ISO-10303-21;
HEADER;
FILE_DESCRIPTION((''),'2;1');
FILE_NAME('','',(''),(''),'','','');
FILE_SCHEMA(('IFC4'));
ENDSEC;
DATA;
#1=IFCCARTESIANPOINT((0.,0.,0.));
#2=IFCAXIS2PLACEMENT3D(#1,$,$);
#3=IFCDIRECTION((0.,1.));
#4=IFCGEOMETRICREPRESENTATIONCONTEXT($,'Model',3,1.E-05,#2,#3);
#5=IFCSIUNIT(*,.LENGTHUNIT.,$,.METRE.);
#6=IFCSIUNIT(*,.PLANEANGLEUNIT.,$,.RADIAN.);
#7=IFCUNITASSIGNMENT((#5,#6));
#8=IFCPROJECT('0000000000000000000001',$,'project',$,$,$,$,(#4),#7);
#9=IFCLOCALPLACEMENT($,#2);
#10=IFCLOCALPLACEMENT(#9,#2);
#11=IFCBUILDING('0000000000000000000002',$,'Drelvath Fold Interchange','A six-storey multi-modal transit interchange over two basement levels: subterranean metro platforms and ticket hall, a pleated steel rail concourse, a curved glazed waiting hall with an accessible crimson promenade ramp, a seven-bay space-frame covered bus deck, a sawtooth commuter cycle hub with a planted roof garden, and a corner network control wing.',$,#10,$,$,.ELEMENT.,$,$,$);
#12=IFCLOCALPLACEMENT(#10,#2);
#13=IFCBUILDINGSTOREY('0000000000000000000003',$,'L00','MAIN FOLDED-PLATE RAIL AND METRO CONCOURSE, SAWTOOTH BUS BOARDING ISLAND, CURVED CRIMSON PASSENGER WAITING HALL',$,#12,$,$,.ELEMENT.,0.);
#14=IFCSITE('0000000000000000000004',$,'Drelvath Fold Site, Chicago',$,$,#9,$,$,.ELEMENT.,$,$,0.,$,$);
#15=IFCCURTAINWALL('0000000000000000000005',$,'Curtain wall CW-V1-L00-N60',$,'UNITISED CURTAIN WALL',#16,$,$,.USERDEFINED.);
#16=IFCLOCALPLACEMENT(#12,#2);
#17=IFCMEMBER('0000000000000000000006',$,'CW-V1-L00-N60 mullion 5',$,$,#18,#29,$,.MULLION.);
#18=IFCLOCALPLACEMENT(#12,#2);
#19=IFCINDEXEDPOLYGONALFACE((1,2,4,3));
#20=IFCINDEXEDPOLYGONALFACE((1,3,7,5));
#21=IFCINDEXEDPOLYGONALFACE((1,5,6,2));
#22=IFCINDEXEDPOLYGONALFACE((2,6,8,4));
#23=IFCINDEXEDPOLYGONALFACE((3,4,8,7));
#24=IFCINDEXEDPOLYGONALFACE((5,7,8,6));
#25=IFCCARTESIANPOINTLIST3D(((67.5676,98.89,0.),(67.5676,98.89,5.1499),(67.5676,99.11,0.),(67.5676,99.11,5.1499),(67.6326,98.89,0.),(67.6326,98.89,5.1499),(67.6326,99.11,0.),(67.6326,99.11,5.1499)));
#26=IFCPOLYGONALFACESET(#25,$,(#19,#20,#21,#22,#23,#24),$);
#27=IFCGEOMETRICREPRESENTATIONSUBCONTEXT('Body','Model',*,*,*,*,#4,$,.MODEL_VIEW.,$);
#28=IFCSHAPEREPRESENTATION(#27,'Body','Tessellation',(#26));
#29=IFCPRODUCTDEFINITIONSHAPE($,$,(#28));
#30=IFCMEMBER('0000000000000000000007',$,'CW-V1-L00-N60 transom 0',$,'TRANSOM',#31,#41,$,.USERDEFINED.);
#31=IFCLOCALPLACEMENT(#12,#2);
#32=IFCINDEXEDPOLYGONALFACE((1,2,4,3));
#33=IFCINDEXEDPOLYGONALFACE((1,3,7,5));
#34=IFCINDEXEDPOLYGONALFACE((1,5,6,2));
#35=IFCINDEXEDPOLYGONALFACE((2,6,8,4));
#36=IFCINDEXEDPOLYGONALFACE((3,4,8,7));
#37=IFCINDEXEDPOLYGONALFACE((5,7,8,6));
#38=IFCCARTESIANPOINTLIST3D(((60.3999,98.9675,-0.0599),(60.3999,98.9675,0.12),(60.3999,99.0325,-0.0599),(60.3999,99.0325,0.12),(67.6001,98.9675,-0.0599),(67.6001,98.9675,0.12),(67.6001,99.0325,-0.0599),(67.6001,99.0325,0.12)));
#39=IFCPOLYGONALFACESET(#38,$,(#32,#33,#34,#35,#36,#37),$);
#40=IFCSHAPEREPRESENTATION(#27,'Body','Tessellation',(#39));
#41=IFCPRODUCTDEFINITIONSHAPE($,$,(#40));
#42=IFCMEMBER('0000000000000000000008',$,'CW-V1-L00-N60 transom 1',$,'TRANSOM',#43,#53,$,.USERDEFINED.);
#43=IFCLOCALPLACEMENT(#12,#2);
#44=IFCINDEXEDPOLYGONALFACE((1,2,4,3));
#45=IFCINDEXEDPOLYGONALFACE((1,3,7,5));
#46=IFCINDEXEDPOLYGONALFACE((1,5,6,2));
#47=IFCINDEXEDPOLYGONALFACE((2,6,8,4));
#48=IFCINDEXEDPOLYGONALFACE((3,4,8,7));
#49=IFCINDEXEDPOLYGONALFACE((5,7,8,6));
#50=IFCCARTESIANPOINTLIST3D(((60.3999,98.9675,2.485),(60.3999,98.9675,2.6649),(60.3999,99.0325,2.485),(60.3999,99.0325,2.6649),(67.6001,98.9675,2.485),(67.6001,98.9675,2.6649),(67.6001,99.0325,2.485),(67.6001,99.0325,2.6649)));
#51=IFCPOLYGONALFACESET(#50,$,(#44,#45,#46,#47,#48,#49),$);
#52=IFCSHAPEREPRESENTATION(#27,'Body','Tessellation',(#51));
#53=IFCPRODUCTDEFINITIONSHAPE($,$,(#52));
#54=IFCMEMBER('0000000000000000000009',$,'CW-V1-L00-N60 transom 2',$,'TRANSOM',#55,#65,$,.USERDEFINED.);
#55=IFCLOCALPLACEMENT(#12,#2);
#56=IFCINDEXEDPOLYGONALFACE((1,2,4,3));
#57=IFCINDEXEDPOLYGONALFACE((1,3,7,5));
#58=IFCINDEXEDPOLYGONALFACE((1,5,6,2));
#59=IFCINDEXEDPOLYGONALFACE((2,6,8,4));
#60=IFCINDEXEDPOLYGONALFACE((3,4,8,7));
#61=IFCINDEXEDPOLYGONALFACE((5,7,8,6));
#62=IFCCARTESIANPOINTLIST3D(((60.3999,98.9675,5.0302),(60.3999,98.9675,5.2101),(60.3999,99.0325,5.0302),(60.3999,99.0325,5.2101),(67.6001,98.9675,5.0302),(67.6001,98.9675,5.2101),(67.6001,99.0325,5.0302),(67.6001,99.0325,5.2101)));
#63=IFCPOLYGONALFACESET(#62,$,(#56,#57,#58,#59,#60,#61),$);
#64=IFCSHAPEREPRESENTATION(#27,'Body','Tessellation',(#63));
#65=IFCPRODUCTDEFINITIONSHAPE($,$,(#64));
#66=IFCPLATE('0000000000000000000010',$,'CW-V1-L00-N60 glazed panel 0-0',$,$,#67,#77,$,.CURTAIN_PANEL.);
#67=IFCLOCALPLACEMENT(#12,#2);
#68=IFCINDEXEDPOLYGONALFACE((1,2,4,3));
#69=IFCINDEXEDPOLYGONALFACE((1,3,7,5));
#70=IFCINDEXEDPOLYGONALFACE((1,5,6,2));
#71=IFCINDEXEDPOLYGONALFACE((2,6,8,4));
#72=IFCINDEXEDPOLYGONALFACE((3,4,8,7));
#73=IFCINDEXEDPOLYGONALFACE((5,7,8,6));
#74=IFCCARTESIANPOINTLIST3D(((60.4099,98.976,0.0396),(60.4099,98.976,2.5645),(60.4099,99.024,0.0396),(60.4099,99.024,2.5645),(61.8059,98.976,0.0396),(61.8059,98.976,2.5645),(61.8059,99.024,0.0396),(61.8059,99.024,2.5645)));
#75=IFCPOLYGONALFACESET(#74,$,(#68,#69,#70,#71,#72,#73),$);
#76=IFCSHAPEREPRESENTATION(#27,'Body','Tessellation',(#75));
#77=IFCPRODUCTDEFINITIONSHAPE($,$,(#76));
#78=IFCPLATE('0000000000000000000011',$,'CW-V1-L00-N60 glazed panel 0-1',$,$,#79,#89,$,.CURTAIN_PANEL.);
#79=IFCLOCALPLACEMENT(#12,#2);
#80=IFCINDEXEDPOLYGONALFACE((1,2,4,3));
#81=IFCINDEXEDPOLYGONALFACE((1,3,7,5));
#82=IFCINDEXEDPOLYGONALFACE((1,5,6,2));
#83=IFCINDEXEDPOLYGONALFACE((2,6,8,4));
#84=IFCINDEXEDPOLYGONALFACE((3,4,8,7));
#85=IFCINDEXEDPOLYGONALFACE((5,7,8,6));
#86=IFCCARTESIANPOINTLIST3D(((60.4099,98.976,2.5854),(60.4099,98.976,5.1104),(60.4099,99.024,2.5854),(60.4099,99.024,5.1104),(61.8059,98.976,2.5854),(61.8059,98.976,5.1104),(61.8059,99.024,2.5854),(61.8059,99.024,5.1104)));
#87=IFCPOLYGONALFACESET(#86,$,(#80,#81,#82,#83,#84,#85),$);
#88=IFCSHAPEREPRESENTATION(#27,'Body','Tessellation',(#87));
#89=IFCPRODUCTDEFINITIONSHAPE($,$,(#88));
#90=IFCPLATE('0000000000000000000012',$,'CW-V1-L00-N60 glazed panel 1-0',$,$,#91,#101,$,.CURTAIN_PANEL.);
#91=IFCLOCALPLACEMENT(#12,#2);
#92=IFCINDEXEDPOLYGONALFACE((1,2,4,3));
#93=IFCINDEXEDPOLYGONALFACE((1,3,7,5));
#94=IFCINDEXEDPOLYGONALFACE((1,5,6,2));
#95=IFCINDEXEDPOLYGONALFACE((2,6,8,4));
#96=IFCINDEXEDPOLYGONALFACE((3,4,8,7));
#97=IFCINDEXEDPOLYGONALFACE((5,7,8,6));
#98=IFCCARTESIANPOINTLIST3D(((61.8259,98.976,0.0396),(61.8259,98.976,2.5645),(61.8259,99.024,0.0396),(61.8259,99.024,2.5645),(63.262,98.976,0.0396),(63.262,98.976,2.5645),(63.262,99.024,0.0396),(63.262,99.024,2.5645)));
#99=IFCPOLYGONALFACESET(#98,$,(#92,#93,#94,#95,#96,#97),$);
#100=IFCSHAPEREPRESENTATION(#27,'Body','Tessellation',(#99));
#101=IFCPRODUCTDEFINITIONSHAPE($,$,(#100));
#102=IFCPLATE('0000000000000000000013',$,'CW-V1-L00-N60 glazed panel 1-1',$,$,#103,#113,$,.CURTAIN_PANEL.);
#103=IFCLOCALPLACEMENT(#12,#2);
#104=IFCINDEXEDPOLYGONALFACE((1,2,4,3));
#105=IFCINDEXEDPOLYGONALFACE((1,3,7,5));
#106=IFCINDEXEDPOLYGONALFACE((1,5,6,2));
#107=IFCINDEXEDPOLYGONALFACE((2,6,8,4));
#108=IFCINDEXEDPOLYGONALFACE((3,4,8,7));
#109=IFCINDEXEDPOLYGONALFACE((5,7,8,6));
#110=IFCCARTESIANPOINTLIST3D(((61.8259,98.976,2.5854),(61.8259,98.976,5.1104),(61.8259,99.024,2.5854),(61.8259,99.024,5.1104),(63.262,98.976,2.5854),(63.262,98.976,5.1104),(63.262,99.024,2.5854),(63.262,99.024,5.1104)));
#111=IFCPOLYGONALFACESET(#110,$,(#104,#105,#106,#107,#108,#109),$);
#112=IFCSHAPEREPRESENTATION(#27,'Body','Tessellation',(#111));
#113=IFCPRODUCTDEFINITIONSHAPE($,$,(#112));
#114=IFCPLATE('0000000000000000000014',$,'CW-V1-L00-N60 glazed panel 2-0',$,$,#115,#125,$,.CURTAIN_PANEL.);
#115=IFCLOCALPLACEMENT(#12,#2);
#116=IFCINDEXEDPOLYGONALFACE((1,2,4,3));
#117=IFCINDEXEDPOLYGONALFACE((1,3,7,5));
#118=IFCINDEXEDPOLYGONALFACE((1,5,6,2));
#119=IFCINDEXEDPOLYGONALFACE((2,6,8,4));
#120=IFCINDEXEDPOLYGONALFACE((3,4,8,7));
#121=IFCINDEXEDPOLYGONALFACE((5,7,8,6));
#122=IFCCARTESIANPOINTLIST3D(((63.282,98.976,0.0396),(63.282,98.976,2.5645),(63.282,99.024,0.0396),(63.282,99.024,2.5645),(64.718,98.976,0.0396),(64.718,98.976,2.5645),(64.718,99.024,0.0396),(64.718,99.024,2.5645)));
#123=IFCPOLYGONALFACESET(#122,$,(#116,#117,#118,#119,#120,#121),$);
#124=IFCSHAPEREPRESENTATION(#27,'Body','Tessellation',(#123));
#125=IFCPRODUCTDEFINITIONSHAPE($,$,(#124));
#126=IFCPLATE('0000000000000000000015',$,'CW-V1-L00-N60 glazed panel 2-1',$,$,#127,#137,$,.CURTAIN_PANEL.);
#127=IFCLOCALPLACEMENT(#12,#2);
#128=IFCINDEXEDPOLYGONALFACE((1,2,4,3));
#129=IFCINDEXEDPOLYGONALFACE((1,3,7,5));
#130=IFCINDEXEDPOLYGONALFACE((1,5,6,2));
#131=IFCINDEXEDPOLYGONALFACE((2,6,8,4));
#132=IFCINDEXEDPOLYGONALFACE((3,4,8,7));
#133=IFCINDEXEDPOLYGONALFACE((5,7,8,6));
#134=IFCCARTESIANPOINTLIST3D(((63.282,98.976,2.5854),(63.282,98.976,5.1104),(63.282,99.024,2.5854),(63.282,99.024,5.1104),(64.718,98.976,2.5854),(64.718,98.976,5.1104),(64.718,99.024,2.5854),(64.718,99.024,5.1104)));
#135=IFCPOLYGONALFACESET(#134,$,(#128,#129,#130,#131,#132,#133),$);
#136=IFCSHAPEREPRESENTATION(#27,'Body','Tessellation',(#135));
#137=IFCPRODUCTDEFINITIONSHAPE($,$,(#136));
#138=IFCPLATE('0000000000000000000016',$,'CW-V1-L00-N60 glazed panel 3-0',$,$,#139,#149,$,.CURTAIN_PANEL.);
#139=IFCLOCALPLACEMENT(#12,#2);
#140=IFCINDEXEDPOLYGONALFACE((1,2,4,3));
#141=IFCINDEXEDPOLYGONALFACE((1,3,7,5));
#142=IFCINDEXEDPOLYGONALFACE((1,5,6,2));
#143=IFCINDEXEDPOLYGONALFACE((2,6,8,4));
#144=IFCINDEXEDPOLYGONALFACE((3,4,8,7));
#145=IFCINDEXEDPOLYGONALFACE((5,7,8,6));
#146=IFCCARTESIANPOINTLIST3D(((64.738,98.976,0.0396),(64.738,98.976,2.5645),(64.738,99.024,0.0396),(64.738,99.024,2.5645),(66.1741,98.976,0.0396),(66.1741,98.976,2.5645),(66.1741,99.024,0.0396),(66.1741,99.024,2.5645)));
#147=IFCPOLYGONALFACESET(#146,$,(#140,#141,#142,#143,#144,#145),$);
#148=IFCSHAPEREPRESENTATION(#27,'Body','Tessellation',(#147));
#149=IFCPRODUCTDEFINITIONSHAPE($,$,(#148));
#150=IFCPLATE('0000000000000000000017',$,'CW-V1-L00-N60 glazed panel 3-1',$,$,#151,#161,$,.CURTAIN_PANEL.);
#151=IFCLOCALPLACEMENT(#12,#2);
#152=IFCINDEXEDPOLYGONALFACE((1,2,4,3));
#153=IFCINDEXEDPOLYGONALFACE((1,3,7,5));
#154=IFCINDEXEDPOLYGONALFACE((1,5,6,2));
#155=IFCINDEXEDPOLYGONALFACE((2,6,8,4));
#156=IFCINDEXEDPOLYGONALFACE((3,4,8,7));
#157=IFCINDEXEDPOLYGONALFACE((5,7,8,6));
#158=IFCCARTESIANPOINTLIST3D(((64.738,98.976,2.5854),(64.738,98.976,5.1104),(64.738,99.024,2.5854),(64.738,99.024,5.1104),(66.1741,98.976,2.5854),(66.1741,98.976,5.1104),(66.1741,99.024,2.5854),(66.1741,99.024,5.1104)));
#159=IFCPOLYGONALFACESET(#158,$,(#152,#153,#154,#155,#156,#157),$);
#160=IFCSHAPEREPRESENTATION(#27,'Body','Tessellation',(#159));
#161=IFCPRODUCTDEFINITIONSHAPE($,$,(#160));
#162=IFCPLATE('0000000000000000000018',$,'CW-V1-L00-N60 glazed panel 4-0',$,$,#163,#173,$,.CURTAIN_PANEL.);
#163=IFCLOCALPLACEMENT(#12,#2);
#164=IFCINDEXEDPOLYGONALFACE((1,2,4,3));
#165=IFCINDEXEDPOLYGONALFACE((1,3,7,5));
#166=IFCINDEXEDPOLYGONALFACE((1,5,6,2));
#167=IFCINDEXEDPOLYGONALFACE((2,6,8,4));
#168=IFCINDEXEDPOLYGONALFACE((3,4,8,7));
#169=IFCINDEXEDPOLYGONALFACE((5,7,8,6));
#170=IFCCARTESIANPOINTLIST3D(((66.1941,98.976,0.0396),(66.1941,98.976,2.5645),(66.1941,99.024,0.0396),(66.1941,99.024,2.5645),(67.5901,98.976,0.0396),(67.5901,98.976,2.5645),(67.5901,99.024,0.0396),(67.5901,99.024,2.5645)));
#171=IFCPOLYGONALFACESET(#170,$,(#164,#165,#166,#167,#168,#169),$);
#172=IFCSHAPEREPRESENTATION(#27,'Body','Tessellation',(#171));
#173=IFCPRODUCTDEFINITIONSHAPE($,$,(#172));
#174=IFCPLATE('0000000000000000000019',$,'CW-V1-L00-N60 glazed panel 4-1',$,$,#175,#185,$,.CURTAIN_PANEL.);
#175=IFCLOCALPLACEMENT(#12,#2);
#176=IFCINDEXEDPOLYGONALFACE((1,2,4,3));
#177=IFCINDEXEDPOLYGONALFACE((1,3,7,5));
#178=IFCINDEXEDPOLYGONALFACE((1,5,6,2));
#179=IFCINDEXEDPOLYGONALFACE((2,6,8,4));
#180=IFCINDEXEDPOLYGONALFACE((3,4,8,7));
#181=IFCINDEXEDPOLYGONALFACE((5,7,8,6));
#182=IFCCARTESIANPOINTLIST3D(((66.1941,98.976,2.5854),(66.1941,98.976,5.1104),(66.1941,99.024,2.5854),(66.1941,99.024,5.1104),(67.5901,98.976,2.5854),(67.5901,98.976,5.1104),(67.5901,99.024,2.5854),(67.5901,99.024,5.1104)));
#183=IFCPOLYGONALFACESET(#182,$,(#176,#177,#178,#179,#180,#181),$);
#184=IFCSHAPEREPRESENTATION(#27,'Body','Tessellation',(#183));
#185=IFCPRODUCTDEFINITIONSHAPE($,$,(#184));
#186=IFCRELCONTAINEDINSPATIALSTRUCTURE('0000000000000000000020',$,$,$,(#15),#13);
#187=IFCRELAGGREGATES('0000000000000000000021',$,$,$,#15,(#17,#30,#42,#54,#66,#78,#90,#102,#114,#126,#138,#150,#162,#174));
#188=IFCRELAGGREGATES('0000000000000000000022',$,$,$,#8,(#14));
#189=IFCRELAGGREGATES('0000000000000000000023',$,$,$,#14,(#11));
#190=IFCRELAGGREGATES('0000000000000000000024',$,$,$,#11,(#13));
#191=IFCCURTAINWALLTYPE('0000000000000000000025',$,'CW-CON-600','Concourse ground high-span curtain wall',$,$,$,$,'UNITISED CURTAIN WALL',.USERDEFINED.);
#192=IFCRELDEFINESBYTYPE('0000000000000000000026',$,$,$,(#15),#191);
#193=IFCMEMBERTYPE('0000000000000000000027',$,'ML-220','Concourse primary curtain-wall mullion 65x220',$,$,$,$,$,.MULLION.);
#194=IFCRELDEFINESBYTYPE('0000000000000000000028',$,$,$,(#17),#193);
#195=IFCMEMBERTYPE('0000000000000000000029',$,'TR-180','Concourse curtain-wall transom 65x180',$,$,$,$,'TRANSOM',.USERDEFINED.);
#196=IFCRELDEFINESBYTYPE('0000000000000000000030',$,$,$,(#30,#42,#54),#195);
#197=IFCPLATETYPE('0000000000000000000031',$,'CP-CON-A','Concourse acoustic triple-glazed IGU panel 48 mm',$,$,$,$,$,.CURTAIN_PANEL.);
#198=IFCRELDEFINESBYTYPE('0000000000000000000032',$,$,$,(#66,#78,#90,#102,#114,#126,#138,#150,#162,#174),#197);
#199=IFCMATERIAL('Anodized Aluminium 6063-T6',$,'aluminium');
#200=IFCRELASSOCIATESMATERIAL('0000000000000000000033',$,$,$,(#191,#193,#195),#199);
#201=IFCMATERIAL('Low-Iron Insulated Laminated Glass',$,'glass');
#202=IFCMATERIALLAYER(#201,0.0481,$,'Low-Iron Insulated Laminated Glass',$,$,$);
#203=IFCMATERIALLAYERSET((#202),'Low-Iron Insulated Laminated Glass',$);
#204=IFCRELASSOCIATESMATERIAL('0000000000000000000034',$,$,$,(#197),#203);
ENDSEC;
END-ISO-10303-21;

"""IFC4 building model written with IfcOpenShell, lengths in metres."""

from ifc_helpers import new_model, si_unit, direction, frame, origin, origin_2d, place, context, subcontext, project, spatial, rectangle, extrude, material, layer, layer_set, material_profile, profile_set, type_object, element, aggregate, save


model = new_model("IFC4")

# Units and contexts
model_context = context("Model", 3, precision=1e-05, world=origin(), true_north=direction((0.0, 1.0)))
body_context = subcontext(model_context, "Body", "Model", "MODEL_VIEW")
ifc_project = project(units=[si_unit("LENGTHUNIT", "METRE"), si_unit("PLANEANGLEUNIT", "RADIAN")], contexts=[model_context])

# Site, building, storey
site_placement = place(None, origin())
site = spatial("IfcSite", under=ifc_project, at=site_placement, Name="Drelvath Fold Site, Chicago", CompositionType="ELEMENT", RefElevation=0.0)
building_placement = place(site_placement, origin())
building = spatial("IfcBuilding", under=site, at=building_placement, Name="Drelvath Fold Interchange", Description="A six-storey multi-modal transit interchange over two basement levels: subterranean metro platforms and ticket hall, a pleated steel rail concourse, a curved glazed waiting hall with an accessible crimson promenade ramp, a seven-bay space-frame covered bus deck, a sawtooth commuter cycle hub with a planted roof garden, and a corner network control wing.", CompositionType="ELEMENT")
storey_placement = place(building_placement, origin())
storey = spatial("IfcBuildingStorey", under=building, at=storey_placement, Name="L00", Description="MAIN FOLDED-PLATE RAIL AND METRO CONCOURSE, SAWTOOTH BUS BOARDING ISLAND, CURVED CRIMSON PASSENGER WAITING HALL", CompositionType="ELEMENT", Elevation=0.0)

# Curtain wall, members, plates
ifc_material_1 = material(Name="Anodized Aluminium 6063-T6", Category="aluminium")
curtain_wall_type = type_object("IfcCurtainWallType", Name="CW-CON-600", Description="Concourse ground high-span curtain wall", ElementType="UNITISED CURTAIN WALL", PredefinedType="USERDEFINED", material=ifc_material_1)
curtain_wall_placement = place(storey_placement, origin())
curtain_wall = element("IfcCurtainWall", 1, at=curtain_wall_placement, inside=storey, type_object=curtain_wall_type, Name="Curtain wall CW-V1-L00-N60", ObjectType="UNITISED CURTAIN WALL", PredefinedType="USERDEFINED")
ifc_material_profile_1 = material_profile(ifc_material_1, rectangle(XDim=0.0649, YDim=0.22, at=origin_2d()), Name="AL-M 65x220")
ifc_profile_set_1 = profile_set([ifc_material_profile_1], Name="Anodized Aluminium 6063-T6")
member_type_1 = type_object("IfcMemberType", Name="ML-220", Description="Concourse primary curtain-wall mullion 65x220", PredefinedType="MULLION", material=ifc_profile_set_1)
member_1_placement = place(storey_placement, frame((67.6001, 99.0, 0.0), z_axis=(0.0, 0.0, 1.0), x_axis=(1.0, 0.0, 0.0)))
member_1 = element("IfcMember", 2, at=member_1_placement, type_object=member_type_1, Name="CW-V1-L00-N60 mullion 5", PredefinedType="MULLION", context=body_context, shape_type="SweptSolid", body=[
    extrude(rectangle(XDim=0.0649, YDim=0.22, at=origin_2d()), origin(), (0.0, 0.0, 1.0), 5.1499),
])
ifc_material_profile_2 = material_profile(ifc_material_1, rectangle(XDim=0.0649, YDim=0.1799, at=origin_2d()), Name="AL-T 65x180")
ifc_profile_set_2 = profile_set([ifc_material_profile_2], Name="Anodized Aluminium 6063-T6")
member_type_2 = type_object("IfcMemberType", Name="TR-180", Description="Concourse curtain-wall transom 65x180", ElementType="TRANSOM", PredefinedType="USERDEFINED", material=ifc_profile_set_2)
member_2_placement = place(storey_placement, frame((60.3999, 99.0, 0.03), z_axis=(1.0, 0.0, 0.0), x_axis=(0.0, 1.0, 0.0)))
member_2 = element("IfcMember", 3, at=member_2_placement, type_object=member_type_2, Name="CW-V1-L00-N60 transom 0", ObjectType="TRANSOM", PredefinedType="USERDEFINED", context=body_context, shape_type="SweptSolid", body=[
    extrude(rectangle(XDim=0.0649, YDim=0.1799, at=origin_2d()), origin(), (0.0, 0.0, 1.0), 7.2002),
])
member_3_placement = place(storey_placement, frame((60.3999, 99.0, 2.575), z_axis=(1.0, 0.0, 0.0), x_axis=(0.0, 1.0, 0.0)))
member_3 = element("IfcMember", 4, at=member_3_placement, type_object=member_type_2, Name="CW-V1-L00-N60 transom 1", ObjectType="TRANSOM", PredefinedType="USERDEFINED", context=body_context, shape_type="SweptSolid", body=[
    extrude(rectangle(XDim=0.0649, YDim=0.1799, at=origin_2d()), origin(), (0.0, 0.0, 1.0), 7.2002),
])
member_4_placement = place(storey_placement, frame((60.3999, 99.0, 5.1201), z_axis=(1.0, 0.0, 0.0), x_axis=(0.0, 1.0, 0.0)))
member_4 = element("IfcMember", 5, at=member_4_placement, type_object=member_type_2, Name="CW-V1-L00-N60 transom 2", ObjectType="TRANSOM", PredefinedType="USERDEFINED", context=body_context, shape_type="SweptSolid", body=[
    extrude(rectangle(XDim=0.0649, YDim=0.1799, at=origin_2d()), origin(), (0.0, 0.0, 1.0), 7.2002),
])
ifc_material_2 = material(Name="Low-Iron Insulated Laminated Glass", Category="glass")
ifc_layer_1 = layer(ifc_material_2, 0.0481, Name="Low-Iron Insulated Laminated Glass")
ifc_layer_set_1 = layer_set([ifc_layer_1], Name="Low-Iron Insulated Laminated Glass")
plate_type = type_object("IfcPlateType", Name="CP-CON-A", Description="Concourse acoustic triple-glazed IGU panel 48 mm", PredefinedType="CURTAIN_PANEL", material=ifc_layer_set_1)
plate_1_placement = place(storey_placement, frame((61.1079, 99.0, 0.0396), z_axis=(0.0, 0.0, 1.0), x_axis=(1.0, 0.0, 0.0)))
plate_1 = element("IfcPlate", 6, at=plate_1_placement, type_object=plate_type, Name="CW-V1-L00-N60 glazed panel 0-0", PredefinedType="CURTAIN_PANEL", context=body_context, shape_type="SweptSolid", body=[
    extrude(rectangle(XDim=1.396, YDim=0.0481, at=origin_2d()), origin(), (0.0, 0.0, 1.0), 2.5249),
])
plate_2_placement = place(storey_placement, frame((61.1079, 99.0, 2.5854), z_axis=(0.0, 0.0, 1.0), x_axis=(1.0, 0.0, 0.0)))
plate_2 = element("IfcPlate", 7, at=plate_2_placement, type_object=plate_type, Name="CW-V1-L00-N60 glazed panel 0-1", PredefinedType="CURTAIN_PANEL", context=body_context, shape_type="SweptSolid", body=[
    extrude(rectangle(XDim=1.396, YDim=0.0481, at=origin_2d()), origin(), (0.0, 0.0, 1.0), 2.5249),
])
plate_3_placement = place(storey_placement, frame((62.5439, 99.0, 0.0396), z_axis=(0.0, 0.0, 1.0), x_axis=(1.0, 0.0, 0.0)))
plate_3 = element("IfcPlate", 8, at=plate_3_placement, type_object=plate_type, Name="CW-V1-L00-N60 glazed panel 1-0", PredefinedType="CURTAIN_PANEL", context=body_context, shape_type="SweptSolid", body=[
    extrude(rectangle(XDim=1.436, YDim=0.0481, at=origin_2d()), origin(), (0.0, 0.0, 1.0), 2.5249),
])
plate_4_placement = place(storey_placement, frame((62.5439, 99.0, 2.5854), z_axis=(0.0, 0.0, 1.0), x_axis=(1.0, 0.0, 0.0)))
plate_4 = element("IfcPlate", 9, at=plate_4_placement, type_object=plate_type, Name="CW-V1-L00-N60 glazed panel 1-1", PredefinedType="CURTAIN_PANEL", context=body_context, shape_type="SweptSolid", body=[
    extrude(rectangle(XDim=1.436, YDim=0.0481, at=origin_2d()), origin(), (0.0, 0.0, 1.0), 2.5249),
])
plate_5_placement = place(storey_placement, frame((64.0, 99.0, 0.0396), z_axis=(0.0, 0.0, 1.0), x_axis=(1.0, 0.0, 0.0)))
plate_5 = element("IfcPlate", 10, at=plate_5_placement, type_object=plate_type, Name="CW-V1-L00-N60 glazed panel 2-0", PredefinedType="CURTAIN_PANEL", context=body_context, shape_type="SweptSolid", body=[
    extrude(rectangle(XDim=1.436, YDim=0.0481, at=origin_2d()), origin(), (0.0, 0.0, 1.0), 2.5249),
])
plate_6_placement = place(storey_placement, frame((64.0, 99.0, 2.5854), z_axis=(0.0, 0.0, 1.0), x_axis=(1.0, 0.0, 0.0)))
plate_6 = element("IfcPlate", 11, at=plate_6_placement, type_object=plate_type, Name="CW-V1-L00-N60 glazed panel 2-1", PredefinedType="CURTAIN_PANEL", context=body_context, shape_type="SweptSolid", body=[
    extrude(rectangle(XDim=1.436, YDim=0.0481, at=origin_2d()), origin(), (0.0, 0.0, 1.0), 2.5249),
])
plate_7_placement = place(storey_placement, frame((65.4561, 99.0, 0.0396), z_axis=(0.0, 0.0, 1.0), x_axis=(1.0, 0.0, 0.0)))
plate_7 = element("IfcPlate", 12, at=plate_7_placement, type_object=plate_type, Name="CW-V1-L00-N60 glazed panel 3-0", PredefinedType="CURTAIN_PANEL", context=body_context, shape_type="SweptSolid", body=[
    extrude(rectangle(XDim=1.436, YDim=0.0481, at=origin_2d()), origin(), (0.0, 0.0, 1.0), 2.5249),
])
plate_8_placement = place(storey_placement, frame((65.4561, 99.0, 2.5854), z_axis=(0.0, 0.0, 1.0), x_axis=(1.0, 0.0, 0.0)))
plate_8 = element("IfcPlate", 13, at=plate_8_placement, type_object=plate_type, Name="CW-V1-L00-N60 glazed panel 3-1", PredefinedType="CURTAIN_PANEL", context=body_context, shape_type="SweptSolid", body=[
    extrude(rectangle(XDim=1.436, YDim=0.0481, at=origin_2d()), origin(), (0.0, 0.0, 1.0), 2.5249),
])
plate_9_placement = place(storey_placement, frame((66.8921, 99.0, 0.0396), z_axis=(0.0, 0.0, 1.0), x_axis=(1.0, 0.0, 0.0)))
plate_9 = element("IfcPlate", 14, at=plate_9_placement, type_object=plate_type, Name="CW-V1-L00-N60 glazed panel 4-0", PredefinedType="CURTAIN_PANEL", context=body_context, shape_type="SweptSolid", body=[
    extrude(rectangle(XDim=1.396, YDim=0.0481, at=origin_2d()), origin(), (0.0, 0.0, 1.0), 2.5249),
])
plate_10_placement = place(storey_placement, frame((66.8921, 99.0, 2.5854), z_axis=(0.0, 0.0, 1.0), x_axis=(1.0, 0.0, 0.0)))
plate_10 = element("IfcPlate", 15, at=plate_10_placement, type_object=plate_type, Name="CW-V1-L00-N60 glazed panel 4-1", PredefinedType="CURTAIN_PANEL", context=body_context, shape_type="SweptSolid", body=[
    extrude(rectangle(XDim=1.396, YDim=0.0481, at=origin_2d()), origin(), (0.0, 0.0, 1.0), 2.5249),
])
aggregate(curtain_wall, [member_1, member_2, member_3, member_4, plate_1, plate_2, plate_3, plate_4, plate_5, plate_6, plate_7, plate_8, plate_9, plate_10])

save(model, "model.ifc")
